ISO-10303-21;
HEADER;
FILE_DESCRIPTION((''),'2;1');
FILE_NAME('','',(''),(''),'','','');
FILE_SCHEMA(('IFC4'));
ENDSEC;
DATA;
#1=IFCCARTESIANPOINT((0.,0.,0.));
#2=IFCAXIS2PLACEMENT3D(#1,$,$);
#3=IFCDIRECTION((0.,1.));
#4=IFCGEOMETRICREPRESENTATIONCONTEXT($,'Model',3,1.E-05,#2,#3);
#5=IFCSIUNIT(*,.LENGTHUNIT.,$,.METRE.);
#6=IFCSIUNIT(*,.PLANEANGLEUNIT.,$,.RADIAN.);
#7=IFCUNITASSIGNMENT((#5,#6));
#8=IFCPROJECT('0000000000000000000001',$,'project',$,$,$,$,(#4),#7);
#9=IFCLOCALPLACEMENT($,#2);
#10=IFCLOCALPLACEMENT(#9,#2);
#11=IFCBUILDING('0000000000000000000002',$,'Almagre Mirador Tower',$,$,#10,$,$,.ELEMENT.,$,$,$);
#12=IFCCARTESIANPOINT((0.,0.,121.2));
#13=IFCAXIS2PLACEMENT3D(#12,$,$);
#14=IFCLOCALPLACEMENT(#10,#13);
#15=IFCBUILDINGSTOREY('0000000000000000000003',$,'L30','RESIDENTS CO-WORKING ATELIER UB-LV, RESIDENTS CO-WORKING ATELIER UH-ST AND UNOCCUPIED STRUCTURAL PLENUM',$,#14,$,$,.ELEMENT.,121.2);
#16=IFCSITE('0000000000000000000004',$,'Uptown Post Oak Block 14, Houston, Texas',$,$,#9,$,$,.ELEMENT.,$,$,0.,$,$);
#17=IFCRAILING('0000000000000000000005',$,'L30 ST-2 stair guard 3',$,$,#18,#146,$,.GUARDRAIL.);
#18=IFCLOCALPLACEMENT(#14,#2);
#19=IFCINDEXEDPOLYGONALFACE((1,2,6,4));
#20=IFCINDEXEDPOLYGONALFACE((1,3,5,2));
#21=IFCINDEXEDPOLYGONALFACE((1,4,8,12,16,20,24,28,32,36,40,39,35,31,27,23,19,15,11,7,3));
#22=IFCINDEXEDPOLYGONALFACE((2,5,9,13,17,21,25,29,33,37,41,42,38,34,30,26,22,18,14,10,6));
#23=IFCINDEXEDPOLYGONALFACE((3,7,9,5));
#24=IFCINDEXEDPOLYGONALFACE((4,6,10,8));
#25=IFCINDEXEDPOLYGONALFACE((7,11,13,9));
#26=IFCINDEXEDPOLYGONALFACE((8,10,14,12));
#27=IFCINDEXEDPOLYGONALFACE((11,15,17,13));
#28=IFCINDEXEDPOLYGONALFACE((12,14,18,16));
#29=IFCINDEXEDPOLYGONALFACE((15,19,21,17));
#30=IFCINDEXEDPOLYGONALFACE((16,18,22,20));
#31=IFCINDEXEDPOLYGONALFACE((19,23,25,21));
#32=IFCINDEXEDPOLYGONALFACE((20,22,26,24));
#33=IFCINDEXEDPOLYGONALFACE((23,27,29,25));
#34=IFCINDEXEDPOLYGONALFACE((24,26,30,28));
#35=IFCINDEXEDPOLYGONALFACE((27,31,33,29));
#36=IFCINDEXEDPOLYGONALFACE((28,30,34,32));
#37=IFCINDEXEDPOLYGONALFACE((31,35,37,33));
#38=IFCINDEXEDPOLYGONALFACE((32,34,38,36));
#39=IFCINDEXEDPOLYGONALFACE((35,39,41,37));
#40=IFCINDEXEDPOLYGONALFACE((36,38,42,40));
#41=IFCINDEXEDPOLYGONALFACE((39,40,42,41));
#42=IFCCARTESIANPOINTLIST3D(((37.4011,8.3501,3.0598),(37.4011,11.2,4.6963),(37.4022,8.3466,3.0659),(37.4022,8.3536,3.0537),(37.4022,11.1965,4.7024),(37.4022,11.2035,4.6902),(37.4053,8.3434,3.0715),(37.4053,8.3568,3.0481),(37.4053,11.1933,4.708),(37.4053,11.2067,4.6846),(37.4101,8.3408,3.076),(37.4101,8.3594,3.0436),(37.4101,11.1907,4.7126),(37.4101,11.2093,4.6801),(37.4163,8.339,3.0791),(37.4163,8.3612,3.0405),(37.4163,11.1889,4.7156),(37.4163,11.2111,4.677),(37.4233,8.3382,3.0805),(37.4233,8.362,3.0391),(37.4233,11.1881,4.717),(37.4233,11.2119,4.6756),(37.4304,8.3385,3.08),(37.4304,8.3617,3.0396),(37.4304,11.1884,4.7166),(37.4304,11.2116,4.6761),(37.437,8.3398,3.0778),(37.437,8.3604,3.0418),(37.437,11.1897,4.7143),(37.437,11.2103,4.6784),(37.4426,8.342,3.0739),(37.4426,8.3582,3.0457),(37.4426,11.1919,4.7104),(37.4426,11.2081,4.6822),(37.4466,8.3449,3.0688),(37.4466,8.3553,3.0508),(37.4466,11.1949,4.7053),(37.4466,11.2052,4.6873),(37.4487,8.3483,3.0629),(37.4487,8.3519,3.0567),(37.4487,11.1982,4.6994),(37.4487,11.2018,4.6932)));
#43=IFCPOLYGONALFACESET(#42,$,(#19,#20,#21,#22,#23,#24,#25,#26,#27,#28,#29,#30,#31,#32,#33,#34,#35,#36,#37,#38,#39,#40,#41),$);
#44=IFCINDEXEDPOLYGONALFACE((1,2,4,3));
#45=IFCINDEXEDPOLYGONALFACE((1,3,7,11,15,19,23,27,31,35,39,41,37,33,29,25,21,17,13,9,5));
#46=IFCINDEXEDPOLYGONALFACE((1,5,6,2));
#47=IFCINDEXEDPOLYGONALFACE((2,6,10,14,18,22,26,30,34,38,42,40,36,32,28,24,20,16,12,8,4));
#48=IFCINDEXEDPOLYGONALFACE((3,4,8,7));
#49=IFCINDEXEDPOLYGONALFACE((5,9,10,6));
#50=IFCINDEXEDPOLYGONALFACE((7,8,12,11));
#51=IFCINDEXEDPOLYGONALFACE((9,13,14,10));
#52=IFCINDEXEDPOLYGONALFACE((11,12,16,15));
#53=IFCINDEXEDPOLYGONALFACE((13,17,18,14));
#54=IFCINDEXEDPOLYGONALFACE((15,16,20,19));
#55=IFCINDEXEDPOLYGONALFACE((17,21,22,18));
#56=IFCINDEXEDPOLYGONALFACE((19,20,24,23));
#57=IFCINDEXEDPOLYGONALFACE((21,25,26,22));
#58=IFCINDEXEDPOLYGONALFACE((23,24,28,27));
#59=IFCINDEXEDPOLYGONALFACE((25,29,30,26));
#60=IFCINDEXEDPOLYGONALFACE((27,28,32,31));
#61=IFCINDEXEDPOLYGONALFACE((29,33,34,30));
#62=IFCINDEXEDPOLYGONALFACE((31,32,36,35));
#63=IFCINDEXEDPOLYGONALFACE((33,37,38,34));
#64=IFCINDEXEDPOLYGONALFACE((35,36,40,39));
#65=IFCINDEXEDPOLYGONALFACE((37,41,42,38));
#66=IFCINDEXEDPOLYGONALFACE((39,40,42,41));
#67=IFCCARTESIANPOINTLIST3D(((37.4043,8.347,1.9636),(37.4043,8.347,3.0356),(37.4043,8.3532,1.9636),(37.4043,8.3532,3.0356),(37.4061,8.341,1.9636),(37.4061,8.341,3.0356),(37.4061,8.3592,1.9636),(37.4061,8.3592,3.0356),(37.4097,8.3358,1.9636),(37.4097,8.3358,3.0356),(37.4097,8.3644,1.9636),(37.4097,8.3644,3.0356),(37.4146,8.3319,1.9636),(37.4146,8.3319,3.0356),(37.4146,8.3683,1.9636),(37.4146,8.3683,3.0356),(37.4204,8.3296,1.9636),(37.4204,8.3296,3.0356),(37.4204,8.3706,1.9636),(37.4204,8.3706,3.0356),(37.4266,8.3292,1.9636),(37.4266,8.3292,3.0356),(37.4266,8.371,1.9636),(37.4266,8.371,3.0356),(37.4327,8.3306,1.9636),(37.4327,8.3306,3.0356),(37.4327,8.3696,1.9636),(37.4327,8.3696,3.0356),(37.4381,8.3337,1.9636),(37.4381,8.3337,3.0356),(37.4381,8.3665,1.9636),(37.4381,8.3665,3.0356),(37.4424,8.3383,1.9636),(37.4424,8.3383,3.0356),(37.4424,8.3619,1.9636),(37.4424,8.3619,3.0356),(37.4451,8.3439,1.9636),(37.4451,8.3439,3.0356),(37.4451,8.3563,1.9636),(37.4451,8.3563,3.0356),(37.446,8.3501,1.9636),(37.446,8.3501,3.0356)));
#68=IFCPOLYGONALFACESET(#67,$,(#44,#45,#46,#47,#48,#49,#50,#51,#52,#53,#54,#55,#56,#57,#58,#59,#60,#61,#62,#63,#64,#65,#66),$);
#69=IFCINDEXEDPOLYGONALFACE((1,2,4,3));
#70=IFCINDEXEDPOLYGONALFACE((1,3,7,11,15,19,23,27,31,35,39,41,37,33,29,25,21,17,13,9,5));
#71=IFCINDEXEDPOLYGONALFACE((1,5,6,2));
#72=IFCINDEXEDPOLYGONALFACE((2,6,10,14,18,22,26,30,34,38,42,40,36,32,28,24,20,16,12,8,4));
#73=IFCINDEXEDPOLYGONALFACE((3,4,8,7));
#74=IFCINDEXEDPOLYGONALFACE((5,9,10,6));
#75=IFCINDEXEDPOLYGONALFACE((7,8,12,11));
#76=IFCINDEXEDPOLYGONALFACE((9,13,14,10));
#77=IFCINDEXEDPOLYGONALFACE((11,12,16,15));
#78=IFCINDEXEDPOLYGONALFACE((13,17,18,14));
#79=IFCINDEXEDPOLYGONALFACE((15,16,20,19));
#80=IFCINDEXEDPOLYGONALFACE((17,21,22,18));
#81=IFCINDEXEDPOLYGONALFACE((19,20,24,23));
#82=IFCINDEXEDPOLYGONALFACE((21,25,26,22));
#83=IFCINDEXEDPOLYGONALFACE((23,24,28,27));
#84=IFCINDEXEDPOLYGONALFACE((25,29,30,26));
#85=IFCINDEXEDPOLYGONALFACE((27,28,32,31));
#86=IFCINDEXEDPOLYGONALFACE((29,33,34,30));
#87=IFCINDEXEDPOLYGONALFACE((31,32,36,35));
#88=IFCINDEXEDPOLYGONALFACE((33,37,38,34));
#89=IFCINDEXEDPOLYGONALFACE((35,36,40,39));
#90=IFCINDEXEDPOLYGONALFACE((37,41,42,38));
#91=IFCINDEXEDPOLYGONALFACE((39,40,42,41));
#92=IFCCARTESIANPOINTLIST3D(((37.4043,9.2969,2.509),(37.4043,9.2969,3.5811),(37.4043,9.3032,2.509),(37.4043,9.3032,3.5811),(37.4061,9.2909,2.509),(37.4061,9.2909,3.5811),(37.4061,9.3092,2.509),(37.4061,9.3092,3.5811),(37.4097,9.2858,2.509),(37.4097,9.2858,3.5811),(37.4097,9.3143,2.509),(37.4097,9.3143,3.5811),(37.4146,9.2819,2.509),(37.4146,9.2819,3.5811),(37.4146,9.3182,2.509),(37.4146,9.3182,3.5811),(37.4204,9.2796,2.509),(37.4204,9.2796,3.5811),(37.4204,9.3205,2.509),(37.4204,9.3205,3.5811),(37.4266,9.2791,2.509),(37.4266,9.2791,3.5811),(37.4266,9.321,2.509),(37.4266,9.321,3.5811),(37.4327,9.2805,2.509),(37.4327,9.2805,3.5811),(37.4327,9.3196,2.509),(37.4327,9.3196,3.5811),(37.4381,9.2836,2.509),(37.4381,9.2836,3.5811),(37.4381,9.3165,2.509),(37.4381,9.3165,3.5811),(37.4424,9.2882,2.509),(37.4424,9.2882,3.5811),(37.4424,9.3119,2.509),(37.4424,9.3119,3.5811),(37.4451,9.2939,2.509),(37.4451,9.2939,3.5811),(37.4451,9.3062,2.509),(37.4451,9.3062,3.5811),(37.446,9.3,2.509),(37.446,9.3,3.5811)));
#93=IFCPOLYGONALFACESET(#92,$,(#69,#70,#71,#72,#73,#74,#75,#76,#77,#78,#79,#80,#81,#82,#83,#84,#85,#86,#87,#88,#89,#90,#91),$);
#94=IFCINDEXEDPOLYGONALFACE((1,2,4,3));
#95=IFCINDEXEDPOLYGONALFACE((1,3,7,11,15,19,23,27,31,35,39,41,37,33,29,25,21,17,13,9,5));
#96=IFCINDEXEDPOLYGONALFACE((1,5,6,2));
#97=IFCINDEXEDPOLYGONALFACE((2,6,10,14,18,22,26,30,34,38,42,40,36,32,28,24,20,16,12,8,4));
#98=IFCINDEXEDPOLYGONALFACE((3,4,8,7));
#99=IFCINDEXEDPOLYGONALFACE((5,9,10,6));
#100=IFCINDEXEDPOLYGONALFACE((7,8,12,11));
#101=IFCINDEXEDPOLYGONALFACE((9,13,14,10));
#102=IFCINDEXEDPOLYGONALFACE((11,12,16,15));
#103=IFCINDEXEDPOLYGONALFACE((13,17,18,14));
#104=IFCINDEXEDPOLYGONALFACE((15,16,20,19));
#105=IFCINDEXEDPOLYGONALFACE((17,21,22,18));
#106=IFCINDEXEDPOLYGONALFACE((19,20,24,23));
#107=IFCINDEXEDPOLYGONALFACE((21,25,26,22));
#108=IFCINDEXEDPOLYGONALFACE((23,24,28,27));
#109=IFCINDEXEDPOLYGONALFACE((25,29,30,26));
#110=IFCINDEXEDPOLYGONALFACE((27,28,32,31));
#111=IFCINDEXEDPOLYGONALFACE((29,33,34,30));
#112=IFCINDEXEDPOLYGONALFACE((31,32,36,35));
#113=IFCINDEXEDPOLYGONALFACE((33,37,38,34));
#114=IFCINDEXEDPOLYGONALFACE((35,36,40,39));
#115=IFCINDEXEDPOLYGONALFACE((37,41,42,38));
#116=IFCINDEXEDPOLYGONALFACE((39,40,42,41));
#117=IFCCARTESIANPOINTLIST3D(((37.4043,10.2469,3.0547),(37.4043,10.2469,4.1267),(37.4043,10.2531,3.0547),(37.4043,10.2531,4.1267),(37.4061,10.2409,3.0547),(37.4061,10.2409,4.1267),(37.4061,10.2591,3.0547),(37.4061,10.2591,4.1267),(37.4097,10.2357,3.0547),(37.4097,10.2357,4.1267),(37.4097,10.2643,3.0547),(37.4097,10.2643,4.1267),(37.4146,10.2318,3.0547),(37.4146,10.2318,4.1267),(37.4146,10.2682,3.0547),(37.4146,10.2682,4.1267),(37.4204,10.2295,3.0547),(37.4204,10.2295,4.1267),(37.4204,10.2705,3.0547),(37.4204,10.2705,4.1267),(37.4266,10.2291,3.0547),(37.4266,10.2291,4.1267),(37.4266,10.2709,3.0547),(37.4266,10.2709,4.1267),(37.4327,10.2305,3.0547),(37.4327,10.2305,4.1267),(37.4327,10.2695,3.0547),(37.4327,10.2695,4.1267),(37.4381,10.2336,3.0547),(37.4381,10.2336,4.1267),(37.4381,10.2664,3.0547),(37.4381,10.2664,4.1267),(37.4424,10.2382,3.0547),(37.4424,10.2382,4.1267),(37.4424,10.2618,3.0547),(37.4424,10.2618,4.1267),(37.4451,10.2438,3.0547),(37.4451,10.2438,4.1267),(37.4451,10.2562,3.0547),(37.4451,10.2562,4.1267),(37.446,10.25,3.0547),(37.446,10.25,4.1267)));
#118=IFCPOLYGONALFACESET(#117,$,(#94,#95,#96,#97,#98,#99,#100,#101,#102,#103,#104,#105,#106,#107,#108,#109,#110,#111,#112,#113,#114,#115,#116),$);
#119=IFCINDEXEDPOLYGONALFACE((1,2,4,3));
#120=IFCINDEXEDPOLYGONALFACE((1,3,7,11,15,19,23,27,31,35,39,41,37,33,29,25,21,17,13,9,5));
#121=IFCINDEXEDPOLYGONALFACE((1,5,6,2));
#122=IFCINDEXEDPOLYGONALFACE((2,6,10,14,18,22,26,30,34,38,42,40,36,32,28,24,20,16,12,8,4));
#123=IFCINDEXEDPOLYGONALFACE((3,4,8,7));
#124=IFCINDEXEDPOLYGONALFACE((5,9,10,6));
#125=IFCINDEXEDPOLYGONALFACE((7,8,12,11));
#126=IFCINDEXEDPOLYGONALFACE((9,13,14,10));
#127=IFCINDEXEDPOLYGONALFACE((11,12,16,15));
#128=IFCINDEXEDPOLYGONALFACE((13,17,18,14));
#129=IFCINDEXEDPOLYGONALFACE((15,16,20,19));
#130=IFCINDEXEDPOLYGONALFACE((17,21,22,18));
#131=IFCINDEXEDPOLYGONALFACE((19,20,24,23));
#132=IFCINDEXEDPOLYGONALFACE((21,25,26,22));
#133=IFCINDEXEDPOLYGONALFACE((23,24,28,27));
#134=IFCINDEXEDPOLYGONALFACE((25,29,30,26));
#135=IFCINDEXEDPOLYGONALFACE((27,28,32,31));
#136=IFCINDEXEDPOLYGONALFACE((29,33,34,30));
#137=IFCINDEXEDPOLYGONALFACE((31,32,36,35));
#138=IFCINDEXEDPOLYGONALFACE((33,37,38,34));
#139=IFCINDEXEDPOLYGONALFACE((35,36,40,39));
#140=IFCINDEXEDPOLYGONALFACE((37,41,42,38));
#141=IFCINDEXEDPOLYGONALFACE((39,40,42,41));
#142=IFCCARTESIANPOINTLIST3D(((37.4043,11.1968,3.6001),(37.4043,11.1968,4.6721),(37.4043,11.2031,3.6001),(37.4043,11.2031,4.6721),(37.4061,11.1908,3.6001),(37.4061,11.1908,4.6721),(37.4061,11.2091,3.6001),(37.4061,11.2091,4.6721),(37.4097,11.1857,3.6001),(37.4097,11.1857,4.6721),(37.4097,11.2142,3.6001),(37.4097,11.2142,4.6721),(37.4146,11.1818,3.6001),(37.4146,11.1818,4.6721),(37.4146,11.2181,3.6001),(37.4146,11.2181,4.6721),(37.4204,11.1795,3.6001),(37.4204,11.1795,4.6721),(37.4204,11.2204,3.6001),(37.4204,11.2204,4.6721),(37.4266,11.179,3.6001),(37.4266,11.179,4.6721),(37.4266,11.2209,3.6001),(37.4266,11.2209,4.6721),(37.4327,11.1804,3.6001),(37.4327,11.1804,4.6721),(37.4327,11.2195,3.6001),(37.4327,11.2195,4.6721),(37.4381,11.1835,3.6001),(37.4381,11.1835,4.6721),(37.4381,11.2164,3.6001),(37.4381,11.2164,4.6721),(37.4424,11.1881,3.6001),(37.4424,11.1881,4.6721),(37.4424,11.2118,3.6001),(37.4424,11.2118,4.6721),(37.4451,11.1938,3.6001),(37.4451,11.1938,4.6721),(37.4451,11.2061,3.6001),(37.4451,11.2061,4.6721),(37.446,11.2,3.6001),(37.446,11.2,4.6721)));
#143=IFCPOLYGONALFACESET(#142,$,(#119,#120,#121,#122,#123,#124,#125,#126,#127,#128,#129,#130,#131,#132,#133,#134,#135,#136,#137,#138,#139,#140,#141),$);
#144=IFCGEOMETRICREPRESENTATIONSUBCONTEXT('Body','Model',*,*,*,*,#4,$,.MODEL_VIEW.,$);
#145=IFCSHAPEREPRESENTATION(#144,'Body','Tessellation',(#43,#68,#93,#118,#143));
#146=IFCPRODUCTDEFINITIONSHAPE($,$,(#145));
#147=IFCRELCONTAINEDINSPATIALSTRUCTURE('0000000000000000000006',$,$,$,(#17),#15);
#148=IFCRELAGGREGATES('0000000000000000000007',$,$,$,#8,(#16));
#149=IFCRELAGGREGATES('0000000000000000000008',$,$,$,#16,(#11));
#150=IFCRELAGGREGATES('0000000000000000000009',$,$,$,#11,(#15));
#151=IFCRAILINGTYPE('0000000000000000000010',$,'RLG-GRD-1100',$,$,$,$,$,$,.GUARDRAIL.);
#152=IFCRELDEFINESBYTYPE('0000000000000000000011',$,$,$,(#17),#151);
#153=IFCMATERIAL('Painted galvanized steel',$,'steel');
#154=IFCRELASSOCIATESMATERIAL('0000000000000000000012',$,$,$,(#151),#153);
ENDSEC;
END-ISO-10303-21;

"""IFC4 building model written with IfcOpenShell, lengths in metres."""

from ifc_helpers import new_model, si_unit, direction, frame, origin, origin_2d, place, context, subcontext, project, spatial, circle, extrude, material, type_object, element, save


model = new_model("IFC4")

# Units and contexts
model_context = context("Model", 3, precision=1e-05, world=origin(), true_north=direction((0.0, 1.0)))
body_context = subcontext(model_context, "Body", "Model", "MODEL_VIEW")
ifc_project = project(units=[si_unit("LENGTHUNIT", "METRE"), si_unit("PLANEANGLEUNIT", "RADIAN")], contexts=[model_context])

# Site, building, storey
site_placement = place(None, origin())
site = spatial("IfcSite", under=ifc_project, at=site_placement, Name="Uptown Post Oak Block 14, Houston, Texas", CompositionType="ELEMENT", RefElevation=0.0)
building_placement = place(site_placement, origin())
building = spatial("IfcBuilding", under=site, at=building_placement, Name="Almagre Mirador Tower", CompositionType="ELEMENT")
storey_placement = place(building_placement, frame((0.0, 0.0, 121.2)))
storey = spatial("IfcBuildingStorey", under=building, at=storey_placement, Name="L30", Description="RESIDENTS CO-WORKING ATELIER UB-LV, RESIDENTS CO-WORKING ATELIER UH-ST AND UNOCCUPIED STRUCTURAL PLENUM", CompositionType="ELEMENT", Elevation=121.2)

# Railing
ifc_material_1 = material(Name="Painted galvanized steel", Category="steel")
railing_type_1 = type_object("IfcRailingType", Name="RLG-GRD-1100", PredefinedType="GUARDRAIL", material=ifc_material_1)
railing_1_placement = place(storey_placement, frame((37.425, 8.3501, 1.9636)))
element("IfcRailing", 1, at=railing_1_placement, inside=storey, type_object=railing_type_1, Name="L30 ST-2 stair guard 3", PredefinedType="GUARDRAIL", context=body_context, shape_type="SweptSolid", body=[
    extrude(circle(Radius=0.0239, at=origin_2d()), frame((0.0, 0.0, 1.0962), z_axis=(0.0, 0.867194, 0.49797), x_axis=(-1.0, 0.0, 0.0)), (0.0, 0.0, 1.0), 3.2864),
    extrude(circle(Radius=0.021, at=origin_2d()), origin(), (0.0, 0.0, 1.0), 1.072),
    extrude(circle(Radius=0.021, at=origin_2d()), frame((0.0, 0.95, 0.5454)), (0.0, 0.0, 1.0), 1.072),
    extrude(circle(Radius=0.021, at=origin_2d()), frame((0.0, 1.8999, 1.0911)), (0.0, 0.0, 1.0), 1.072),
    extrude(circle(Radius=0.021, at=origin_2d()), frame((0.0, 2.8499, 1.6365)), (0.0, 0.0, 1.0), 1.072),
])

save(model, "model.ifc")
